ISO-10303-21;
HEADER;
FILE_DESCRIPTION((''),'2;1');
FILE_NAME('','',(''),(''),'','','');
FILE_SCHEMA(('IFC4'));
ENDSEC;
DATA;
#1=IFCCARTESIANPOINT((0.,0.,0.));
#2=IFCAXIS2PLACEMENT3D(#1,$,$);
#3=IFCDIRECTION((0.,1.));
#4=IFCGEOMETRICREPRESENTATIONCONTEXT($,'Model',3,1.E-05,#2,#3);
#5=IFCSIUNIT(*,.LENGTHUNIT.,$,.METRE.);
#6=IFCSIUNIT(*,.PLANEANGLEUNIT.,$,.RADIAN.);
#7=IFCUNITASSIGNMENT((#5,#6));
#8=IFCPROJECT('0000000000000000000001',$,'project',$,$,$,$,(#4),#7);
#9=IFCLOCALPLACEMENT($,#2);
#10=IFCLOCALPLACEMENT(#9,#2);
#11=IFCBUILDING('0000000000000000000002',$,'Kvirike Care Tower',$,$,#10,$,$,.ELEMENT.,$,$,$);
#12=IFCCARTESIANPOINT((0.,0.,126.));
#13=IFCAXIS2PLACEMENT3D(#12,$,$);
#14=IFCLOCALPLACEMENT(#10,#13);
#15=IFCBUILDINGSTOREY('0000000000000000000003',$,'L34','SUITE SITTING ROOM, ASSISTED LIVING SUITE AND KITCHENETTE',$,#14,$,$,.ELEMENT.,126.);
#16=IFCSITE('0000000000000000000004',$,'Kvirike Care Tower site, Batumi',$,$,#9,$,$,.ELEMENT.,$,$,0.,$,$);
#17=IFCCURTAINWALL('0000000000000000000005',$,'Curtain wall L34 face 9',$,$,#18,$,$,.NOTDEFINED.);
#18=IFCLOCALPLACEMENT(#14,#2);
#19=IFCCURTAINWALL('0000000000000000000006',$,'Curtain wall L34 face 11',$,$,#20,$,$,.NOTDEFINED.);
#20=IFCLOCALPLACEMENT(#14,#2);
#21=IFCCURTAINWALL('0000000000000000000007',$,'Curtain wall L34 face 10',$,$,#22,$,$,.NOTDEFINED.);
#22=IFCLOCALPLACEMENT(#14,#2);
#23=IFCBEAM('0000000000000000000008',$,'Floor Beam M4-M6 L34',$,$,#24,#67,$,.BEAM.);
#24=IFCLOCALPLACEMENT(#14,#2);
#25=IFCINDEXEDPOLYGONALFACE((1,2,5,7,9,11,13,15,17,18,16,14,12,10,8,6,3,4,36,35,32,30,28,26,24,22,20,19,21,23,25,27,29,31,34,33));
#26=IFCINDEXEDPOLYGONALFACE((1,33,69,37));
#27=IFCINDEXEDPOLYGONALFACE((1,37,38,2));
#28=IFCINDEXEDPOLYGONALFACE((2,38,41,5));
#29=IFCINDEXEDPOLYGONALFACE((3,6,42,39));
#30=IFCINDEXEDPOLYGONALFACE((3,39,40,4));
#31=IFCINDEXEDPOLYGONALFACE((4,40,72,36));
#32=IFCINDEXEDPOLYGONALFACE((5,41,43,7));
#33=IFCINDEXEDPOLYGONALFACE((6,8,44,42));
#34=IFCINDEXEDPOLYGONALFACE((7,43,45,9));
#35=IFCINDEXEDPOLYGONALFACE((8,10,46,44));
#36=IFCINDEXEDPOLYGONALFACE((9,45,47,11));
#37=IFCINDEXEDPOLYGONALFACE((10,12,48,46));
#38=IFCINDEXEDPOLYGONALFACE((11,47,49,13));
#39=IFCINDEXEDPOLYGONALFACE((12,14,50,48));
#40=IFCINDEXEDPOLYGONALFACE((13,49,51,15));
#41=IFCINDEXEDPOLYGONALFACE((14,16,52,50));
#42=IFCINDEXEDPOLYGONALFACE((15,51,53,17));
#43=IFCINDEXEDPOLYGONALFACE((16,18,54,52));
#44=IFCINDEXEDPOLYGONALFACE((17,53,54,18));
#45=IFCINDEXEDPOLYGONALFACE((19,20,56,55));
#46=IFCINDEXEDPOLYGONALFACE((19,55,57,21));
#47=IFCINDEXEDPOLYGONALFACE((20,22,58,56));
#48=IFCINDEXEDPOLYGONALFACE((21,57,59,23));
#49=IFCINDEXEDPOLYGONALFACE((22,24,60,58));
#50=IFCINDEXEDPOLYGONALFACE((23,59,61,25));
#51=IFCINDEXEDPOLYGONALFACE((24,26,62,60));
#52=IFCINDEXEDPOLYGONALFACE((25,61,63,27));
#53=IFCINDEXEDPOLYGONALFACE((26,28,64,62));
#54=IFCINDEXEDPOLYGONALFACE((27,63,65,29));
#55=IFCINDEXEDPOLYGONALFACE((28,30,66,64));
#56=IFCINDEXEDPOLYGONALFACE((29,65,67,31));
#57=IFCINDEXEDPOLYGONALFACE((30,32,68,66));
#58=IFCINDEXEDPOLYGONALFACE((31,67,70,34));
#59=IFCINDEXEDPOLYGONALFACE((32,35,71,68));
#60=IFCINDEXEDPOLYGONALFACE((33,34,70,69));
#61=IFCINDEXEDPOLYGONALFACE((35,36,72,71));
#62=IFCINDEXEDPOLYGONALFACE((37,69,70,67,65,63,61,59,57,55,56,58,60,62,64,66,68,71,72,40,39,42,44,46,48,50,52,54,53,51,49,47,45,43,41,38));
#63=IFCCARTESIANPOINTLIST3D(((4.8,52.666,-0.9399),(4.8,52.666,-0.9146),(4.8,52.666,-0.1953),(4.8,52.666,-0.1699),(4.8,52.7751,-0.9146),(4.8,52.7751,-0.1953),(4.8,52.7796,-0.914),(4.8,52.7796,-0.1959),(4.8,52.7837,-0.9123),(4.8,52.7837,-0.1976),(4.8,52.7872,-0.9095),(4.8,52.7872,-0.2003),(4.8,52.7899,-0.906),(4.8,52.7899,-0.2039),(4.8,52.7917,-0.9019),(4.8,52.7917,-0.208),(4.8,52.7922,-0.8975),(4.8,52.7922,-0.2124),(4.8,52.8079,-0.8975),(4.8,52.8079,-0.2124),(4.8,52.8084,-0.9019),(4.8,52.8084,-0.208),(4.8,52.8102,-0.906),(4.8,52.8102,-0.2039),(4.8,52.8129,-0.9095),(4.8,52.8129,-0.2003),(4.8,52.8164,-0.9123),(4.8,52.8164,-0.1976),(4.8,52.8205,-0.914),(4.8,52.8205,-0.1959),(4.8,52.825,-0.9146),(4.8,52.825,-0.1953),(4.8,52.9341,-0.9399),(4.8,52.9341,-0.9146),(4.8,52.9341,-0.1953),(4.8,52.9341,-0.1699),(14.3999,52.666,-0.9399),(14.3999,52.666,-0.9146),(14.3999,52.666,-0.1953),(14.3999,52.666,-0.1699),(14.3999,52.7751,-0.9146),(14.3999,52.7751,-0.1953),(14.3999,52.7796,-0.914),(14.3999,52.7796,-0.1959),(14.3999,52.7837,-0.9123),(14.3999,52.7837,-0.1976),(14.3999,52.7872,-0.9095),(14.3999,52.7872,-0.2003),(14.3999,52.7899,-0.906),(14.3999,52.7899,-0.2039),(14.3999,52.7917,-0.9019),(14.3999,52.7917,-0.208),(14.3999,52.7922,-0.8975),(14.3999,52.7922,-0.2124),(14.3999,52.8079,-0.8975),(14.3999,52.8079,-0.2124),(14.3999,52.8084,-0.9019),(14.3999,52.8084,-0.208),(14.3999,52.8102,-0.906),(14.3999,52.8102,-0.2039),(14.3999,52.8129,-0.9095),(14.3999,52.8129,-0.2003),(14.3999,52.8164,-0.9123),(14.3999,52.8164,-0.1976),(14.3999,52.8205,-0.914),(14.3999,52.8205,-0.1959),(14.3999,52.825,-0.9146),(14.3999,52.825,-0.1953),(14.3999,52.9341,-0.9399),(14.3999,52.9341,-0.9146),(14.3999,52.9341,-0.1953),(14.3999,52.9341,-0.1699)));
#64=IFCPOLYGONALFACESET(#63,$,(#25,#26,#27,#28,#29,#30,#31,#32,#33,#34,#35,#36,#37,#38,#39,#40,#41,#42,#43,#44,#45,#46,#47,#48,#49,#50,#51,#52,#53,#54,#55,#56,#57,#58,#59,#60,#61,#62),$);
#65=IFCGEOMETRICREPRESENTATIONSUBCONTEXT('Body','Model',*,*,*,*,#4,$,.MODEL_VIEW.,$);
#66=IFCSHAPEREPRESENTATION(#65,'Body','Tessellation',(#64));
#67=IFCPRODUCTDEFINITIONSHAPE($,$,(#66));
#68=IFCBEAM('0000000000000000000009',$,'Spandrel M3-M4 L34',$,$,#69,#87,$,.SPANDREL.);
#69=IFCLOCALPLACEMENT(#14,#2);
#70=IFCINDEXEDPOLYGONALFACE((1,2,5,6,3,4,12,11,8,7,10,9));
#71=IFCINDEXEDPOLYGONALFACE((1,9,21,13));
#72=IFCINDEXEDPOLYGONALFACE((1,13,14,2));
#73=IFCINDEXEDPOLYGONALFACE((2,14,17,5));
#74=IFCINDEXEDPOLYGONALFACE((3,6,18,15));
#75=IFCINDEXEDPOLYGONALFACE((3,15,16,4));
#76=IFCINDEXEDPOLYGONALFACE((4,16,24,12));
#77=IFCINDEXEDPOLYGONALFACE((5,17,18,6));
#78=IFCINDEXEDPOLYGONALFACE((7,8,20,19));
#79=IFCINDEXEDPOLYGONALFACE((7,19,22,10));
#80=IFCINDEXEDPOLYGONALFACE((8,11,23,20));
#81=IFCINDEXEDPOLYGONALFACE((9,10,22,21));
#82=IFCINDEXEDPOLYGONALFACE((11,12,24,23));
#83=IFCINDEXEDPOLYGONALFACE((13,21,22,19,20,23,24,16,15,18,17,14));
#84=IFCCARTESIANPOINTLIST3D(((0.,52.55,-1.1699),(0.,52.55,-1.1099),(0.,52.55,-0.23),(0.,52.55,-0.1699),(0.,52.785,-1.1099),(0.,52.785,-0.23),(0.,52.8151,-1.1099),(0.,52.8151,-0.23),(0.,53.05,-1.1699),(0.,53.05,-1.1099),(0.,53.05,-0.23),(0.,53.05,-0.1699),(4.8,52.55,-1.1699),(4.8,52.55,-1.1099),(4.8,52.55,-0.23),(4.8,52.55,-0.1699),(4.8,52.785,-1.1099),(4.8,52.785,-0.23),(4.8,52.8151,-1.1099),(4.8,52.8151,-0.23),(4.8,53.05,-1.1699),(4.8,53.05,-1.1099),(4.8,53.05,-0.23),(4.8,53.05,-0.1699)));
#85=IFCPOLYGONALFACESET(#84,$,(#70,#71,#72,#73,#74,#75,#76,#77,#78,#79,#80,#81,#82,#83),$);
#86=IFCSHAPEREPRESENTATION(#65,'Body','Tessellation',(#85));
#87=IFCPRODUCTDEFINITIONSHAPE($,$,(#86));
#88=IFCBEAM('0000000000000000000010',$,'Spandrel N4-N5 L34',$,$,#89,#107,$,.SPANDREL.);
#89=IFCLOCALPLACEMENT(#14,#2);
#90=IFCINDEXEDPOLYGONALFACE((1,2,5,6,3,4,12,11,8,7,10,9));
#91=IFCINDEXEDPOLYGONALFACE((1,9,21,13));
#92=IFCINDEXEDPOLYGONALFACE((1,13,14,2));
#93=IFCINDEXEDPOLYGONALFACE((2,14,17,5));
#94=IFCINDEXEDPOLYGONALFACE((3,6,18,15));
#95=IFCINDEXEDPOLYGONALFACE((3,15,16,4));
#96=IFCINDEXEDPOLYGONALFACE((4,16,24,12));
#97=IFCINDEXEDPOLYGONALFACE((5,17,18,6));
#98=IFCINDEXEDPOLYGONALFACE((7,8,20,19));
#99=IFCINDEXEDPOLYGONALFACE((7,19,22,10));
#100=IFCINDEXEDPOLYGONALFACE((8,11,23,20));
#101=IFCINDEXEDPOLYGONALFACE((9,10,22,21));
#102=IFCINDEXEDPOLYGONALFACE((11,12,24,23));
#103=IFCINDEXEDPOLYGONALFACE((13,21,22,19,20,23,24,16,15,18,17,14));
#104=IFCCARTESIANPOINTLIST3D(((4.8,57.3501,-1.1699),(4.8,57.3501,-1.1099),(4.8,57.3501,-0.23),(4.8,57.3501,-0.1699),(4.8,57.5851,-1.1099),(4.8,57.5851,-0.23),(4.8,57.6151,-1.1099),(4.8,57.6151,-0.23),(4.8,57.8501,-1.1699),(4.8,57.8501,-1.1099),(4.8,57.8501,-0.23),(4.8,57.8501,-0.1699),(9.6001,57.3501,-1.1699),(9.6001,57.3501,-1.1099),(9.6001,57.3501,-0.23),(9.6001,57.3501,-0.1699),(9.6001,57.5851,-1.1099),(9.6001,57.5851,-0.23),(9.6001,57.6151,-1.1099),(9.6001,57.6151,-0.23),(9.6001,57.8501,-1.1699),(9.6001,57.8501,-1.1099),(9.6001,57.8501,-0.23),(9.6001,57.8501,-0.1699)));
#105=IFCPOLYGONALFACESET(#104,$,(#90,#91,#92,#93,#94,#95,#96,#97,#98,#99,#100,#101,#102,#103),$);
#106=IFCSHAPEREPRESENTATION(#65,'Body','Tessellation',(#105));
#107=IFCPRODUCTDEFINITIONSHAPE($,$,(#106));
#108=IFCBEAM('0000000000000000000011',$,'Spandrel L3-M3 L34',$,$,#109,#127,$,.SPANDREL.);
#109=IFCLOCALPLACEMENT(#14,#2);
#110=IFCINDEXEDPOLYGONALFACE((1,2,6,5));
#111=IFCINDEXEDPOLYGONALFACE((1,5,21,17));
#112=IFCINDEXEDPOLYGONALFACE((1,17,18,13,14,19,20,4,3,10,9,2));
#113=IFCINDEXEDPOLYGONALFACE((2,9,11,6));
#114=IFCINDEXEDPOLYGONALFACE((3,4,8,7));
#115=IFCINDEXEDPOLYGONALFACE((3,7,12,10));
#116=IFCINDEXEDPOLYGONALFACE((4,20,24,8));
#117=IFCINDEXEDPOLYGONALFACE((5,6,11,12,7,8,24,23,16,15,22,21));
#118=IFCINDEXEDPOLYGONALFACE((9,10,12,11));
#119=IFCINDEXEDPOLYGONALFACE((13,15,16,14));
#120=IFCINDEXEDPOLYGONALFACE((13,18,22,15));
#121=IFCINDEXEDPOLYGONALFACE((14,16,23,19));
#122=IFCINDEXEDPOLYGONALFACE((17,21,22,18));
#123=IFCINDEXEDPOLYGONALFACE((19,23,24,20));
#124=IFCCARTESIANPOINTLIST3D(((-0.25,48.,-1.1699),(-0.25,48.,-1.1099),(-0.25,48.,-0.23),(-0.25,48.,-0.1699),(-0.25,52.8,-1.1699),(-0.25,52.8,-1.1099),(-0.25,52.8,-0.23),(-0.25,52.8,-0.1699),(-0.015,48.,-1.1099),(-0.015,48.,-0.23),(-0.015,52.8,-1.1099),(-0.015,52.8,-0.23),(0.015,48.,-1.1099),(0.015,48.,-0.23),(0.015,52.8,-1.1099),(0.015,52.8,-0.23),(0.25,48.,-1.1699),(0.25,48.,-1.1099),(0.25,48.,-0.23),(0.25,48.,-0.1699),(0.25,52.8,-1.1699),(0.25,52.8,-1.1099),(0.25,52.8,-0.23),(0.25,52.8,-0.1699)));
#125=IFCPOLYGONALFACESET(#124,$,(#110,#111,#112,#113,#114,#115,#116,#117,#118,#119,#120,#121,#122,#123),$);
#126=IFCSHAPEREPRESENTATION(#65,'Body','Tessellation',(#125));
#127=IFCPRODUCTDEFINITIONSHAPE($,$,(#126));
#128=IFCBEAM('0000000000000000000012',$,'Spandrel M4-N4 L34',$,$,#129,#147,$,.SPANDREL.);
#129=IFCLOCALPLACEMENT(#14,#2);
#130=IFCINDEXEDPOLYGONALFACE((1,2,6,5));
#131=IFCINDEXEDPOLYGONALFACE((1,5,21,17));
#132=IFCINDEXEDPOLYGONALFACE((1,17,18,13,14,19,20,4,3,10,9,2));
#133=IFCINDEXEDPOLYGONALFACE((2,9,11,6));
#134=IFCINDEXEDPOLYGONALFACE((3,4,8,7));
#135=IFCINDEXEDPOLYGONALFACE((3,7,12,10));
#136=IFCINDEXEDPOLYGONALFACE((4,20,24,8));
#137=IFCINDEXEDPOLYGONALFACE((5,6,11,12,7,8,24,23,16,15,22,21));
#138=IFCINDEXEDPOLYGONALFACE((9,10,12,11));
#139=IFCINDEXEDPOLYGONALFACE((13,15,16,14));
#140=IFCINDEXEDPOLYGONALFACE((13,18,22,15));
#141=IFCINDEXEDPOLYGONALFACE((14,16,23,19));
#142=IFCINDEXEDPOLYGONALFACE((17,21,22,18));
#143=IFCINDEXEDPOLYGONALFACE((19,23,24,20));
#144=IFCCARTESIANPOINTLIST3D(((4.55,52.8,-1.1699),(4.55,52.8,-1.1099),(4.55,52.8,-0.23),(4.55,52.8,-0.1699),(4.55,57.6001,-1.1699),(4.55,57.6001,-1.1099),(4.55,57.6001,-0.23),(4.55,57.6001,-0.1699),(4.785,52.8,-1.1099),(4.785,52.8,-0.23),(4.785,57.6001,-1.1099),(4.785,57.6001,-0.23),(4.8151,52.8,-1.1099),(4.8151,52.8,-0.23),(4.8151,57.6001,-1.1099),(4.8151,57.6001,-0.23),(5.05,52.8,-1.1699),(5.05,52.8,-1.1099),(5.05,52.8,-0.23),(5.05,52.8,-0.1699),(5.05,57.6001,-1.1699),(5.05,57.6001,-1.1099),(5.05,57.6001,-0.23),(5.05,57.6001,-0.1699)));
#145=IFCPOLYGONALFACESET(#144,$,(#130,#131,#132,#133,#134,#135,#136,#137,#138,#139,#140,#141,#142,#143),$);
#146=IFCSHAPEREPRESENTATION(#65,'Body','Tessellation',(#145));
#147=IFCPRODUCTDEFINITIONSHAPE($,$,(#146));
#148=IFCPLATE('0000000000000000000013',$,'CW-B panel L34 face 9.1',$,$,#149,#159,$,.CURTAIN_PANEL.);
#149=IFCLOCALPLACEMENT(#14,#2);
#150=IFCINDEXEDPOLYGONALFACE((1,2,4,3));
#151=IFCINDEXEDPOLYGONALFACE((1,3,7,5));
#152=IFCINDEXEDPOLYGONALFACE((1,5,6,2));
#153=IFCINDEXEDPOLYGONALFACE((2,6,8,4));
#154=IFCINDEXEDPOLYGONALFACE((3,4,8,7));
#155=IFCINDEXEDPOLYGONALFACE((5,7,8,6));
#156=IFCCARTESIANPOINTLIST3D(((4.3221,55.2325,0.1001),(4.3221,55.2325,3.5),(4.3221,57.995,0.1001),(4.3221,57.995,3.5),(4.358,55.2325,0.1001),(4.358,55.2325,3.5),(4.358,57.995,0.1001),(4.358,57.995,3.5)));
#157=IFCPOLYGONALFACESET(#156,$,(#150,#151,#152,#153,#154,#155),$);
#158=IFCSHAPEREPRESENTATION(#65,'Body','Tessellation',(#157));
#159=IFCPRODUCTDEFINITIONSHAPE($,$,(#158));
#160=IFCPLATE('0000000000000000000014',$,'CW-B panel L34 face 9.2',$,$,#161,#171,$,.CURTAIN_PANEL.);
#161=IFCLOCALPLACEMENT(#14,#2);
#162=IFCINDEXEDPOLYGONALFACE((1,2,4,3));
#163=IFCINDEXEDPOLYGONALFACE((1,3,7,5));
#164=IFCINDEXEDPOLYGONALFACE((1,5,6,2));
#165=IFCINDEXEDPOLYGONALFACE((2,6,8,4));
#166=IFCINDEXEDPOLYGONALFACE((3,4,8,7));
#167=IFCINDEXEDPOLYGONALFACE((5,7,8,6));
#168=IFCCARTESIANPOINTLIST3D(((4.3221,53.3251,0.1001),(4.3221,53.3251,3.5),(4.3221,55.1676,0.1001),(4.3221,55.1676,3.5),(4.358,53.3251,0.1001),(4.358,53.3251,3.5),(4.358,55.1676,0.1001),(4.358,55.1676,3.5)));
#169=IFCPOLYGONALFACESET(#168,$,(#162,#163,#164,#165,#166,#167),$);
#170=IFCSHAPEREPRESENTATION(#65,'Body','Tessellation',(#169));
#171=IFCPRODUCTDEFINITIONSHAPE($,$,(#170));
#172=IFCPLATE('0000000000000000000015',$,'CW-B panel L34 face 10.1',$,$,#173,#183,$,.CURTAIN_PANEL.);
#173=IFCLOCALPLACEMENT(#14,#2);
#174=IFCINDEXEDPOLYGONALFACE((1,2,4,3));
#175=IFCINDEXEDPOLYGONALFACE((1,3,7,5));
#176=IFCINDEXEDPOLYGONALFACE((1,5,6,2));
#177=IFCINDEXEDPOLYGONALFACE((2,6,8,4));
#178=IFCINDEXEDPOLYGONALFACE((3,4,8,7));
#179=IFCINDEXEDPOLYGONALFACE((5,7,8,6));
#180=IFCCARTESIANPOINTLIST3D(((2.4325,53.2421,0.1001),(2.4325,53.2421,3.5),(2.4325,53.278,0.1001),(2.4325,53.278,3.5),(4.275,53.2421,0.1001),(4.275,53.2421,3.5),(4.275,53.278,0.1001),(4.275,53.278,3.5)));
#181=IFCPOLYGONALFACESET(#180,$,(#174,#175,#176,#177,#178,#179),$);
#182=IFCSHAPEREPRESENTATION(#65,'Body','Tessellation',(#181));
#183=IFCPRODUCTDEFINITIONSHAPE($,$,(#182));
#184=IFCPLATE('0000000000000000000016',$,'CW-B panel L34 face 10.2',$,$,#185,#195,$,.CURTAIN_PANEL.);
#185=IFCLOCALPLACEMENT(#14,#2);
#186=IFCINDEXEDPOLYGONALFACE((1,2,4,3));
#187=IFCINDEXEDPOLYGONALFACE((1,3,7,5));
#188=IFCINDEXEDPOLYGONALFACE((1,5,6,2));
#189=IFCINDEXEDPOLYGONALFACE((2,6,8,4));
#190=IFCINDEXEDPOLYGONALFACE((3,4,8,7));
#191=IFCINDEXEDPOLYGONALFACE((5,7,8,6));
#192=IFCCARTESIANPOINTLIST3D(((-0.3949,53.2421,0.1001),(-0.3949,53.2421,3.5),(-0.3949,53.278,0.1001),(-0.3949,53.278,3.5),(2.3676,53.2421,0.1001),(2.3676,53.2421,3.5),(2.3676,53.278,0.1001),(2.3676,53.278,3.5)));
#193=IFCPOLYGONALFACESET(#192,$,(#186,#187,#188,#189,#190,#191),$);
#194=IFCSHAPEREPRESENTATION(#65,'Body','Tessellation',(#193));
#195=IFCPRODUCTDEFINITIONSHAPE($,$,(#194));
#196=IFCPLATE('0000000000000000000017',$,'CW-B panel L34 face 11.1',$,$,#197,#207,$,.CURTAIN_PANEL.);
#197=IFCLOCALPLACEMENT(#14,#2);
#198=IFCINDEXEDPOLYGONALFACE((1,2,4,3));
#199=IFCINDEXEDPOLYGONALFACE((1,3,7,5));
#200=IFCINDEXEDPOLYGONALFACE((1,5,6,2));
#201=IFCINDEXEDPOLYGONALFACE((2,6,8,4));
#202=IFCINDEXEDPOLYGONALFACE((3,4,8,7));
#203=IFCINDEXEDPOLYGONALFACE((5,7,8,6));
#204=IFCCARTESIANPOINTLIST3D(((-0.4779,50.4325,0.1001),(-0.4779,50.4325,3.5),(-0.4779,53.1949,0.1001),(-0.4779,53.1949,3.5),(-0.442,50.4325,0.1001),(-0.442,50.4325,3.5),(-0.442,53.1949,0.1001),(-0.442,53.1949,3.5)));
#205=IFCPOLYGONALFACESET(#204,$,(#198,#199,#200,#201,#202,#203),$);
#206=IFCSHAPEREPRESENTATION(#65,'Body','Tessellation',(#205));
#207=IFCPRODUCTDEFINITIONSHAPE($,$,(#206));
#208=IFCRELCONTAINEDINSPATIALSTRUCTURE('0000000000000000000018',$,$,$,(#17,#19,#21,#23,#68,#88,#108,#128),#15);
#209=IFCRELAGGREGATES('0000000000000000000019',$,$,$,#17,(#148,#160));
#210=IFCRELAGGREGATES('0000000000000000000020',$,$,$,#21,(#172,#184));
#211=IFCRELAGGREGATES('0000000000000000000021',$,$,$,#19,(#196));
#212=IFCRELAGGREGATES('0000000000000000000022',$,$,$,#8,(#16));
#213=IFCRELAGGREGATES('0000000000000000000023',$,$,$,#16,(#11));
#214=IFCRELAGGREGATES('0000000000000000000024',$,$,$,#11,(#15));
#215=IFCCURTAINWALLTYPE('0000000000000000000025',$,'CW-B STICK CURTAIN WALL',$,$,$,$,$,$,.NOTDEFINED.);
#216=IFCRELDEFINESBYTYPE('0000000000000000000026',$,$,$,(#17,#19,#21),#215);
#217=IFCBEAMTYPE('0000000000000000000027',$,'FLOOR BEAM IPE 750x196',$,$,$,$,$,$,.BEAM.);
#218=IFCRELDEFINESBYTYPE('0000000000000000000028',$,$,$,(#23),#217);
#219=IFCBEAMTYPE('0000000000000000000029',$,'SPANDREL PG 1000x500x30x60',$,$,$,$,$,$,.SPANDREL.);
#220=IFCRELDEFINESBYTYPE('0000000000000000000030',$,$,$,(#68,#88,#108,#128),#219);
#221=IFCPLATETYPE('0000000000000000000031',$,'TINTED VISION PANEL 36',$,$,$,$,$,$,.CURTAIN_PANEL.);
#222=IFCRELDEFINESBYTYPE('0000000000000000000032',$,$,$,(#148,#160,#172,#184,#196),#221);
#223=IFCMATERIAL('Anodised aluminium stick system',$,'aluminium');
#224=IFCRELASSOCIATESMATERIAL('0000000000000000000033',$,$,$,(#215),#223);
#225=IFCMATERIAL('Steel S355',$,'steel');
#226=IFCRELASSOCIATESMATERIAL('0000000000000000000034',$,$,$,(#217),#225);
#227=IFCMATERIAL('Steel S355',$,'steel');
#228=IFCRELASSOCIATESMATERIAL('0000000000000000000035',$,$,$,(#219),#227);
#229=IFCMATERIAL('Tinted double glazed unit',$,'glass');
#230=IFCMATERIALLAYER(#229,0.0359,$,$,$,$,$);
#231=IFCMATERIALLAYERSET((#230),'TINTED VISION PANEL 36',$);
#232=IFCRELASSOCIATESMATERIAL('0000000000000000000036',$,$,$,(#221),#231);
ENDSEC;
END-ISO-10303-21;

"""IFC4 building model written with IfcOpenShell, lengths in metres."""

from ifc_helpers import new_model, si_unit, direction, frame, origin, origin_2d, place, context, subcontext, project, spatial, rectangle, i_section, extrude, material, layer, layer_set, material_profile, profile_set, type_object, element, aggregate, save


model = new_model("IFC4")

# Units and contexts
model_context = context("Model", 3, precision=1e-05, world=origin(), true_north=direction((0.0, 1.0)))
body_context = subcontext(model_context, "Body", "Model", "MODEL_VIEW")
ifc_project = project(units=[si_unit("LENGTHUNIT", "METRE"), si_unit("PLANEANGLEUNIT", "RADIAN")], contexts=[model_context])

# Site, building, storey
site_placement = place(None, origin())
site = spatial("IfcSite", under=ifc_project, at=site_placement, Name="Kvirike Care Tower site, Batumi", CompositionType="ELEMENT", RefElevation=0.0)
building_placement = place(site_placement, origin())
building = spatial("IfcBuilding", under=site, at=building_placement, Name="Kvirike Care Tower", CompositionType="ELEMENT")
storey_placement = place(building_placement, frame((0.0, 0.0, 126.0)))
storey = spatial("IfcBuildingStorey", under=building, at=storey_placement, Name="L34", Description="SUITE SITTING ROOM, ASSISTED LIVING SUITE AND KITCHENETTE", CompositionType="ELEMENT", Elevation=126.0)

# Curtain walls
ifc_material_1 = material(Name="Anodised aluminium stick system", Category="aluminium")
curtain_wall_type = type_object("IfcCurtainWallType", Name="CW-B STICK CURTAIN WALL", PredefinedType="NOTDEFINED", material=ifc_material_1)
curtain_wall_1_placement = place(storey_placement, origin())
curtain_wall_1 = element("IfcCurtainWall", 1, at=curtain_wall_1_placement, inside=storey, type_object=curtain_wall_type, Name="Curtain wall L34 face 9", PredefinedType="NOTDEFINED")
curtain_wall_2_placement = place(storey_placement, origin())
curtain_wall_2 = element("IfcCurtainWall", 2, at=curtain_wall_2_placement, inside=storey, type_object=curtain_wall_type, Name="Curtain wall L34 face 11", PredefinedType="NOTDEFINED")

# Curtain wall
curtain_wall_3_placement = place(storey_placement, origin())
curtain_wall_3 = element("IfcCurtainWall", 3, at=curtain_wall_3_placement, inside=storey, type_object=curtain_wall_type, Name="Curtain wall L34 face 10", PredefinedType="NOTDEFINED")

# Beams
ifc_material_2 = material(Name="Steel S355", Category="steel")
ifc_material_profile_1 = material_profile(ifc_material_2, i_section(OverallWidth=0.2681, OverallDepth=0.77, WebThickness=0.0156, FlangeThickness=0.0254, FilletRadius=0.0171, at=origin_2d()), Name="IPE 750x196")
ifc_profile_set_1 = profile_set([ifc_material_profile_1], Name="Steel S355")
beam_type_1 = type_object("IfcBeamType", Name="FLOOR BEAM IPE 750x196", PredefinedType="BEAM", material=ifc_profile_set_1)
beam_1_placement = place(storey_placement, frame((4.8, 52.8, -0.5549), z_axis=(1.0, 0.0, 0.0), x_axis=(0.0, 1.0, 0.0)))
element("IfcBeam", 4, at=beam_1_placement, inside=storey, type_object=beam_type_1, Name="Floor Beam M4-M6 L34", PredefinedType="BEAM", context=body_context, shape_type="SweptSolid", body=[
    extrude(i_section(OverallWidth=0.2681, OverallDepth=0.77, WebThickness=0.0156, FlangeThickness=0.0254, FilletRadius=0.0171, at=origin_2d()), origin(), (0.0, 0.0, 1.0), 9.5999),
])
ifc_material_3 = material(Name="Steel S355", Category="steel")
ifc_material_profile_2 = material_profile(ifc_material_3, i_section(OverallWidth=0.5, OverallDepth=1.0, WebThickness=0.03, FlangeThickness=0.0601, at=origin_2d()), Name="PG 1000x500x30x60")
ifc_profile_set_2 = profile_set([ifc_material_profile_2], Name="Steel S355")
beam_type_2 = type_object("IfcBeamType", Name="SPANDREL PG 1000x500x30x60", PredefinedType="SPANDREL", material=ifc_profile_set_2)
for number, where, z_axis, x_axis, name in (
    (5, (0.0, 52.8, -0.6699), (1.0, 0.0, 0.0), (0.0, 1.0, 0.0), "Spandrel M3-M4 L34"),
    (6, (4.8, 57.6001, -0.6699), (1.0, 0.0, 0.0), (0.0, 1.0, 0.0), "Spandrel N4-N5 L34"),
    (7, (0.0, 48.0, -0.6699), (0.0, 1.0, 0.0), (-1.0, 0.0, 0.0), "Spandrel L3-M3 L34"),
    (8, (4.8, 52.8, -0.6699), (0.0, 1.0, 0.0), (-1.0, 0.0, 0.0), "Spandrel M4-N4 L34"),
):
    element("IfcBeam", number, at=place(storey_placement, frame(where, z_axis=z_axis, x_axis=x_axis)), inside=storey, type_object=beam_type_2, Name=name, PredefinedType="SPANDREL", context=body_context, shape_type="SweptSolid", body=[
        extrude(i_section(OverallWidth=0.5, OverallDepth=1.0, WebThickness=0.03, FlangeThickness=0.0601, at=origin_2d()), origin(), (0.0, 0.0, 1.0), 4.8),
    ])

# Plates
ifc_material_4 = material(Name="Tinted double glazed unit", Category="glass")
ifc_layer_1 = layer(ifc_material_4, 0.0359)
ifc_layer_set_1 = layer_set([ifc_layer_1], Name="TINTED VISION PANEL 36")
plate_type = type_object("IfcPlateType", Name="TINTED VISION PANEL 36", PredefinedType="CURTAIN_PANEL", material=ifc_layer_set_1)
plate_1_placement = place(storey_placement, frame((4.3401, 56.6138, 0.1001), z_axis=(0.0, 0.0, 1.0), x_axis=(0.0, -1.0, 0.0)))
plate_1 = element("IfcPlate", 9, at=plate_1_placement, type_object=plate_type, Name="CW-B panel L34 face 9.1", PredefinedType="CURTAIN_PANEL", context=body_context, shape_type="SweptSolid", body=[
    extrude(rectangle(XDim=2.7625, YDim=0.0359, at=origin_2d()), origin(), (0.0, 0.0, 1.0), 3.3999),
])
plate_2_placement = place(storey_placement, frame((4.3401, 54.2463, 0.1001), z_axis=(0.0, 0.0, 1.0), x_axis=(0.0, -1.0, 0.0)))
plate_2 = element("IfcPlate", 10, at=plate_2_placement, type_object=plate_type, Name="CW-B panel L34 face 9.2", PredefinedType="CURTAIN_PANEL", context=body_context, shape_type="SweptSolid", body=[
    extrude(rectangle(XDim=1.8425, YDim=0.0359, at=origin_2d()), origin(), (0.0, 0.0, 1.0), 3.3999),
])
aggregate(curtain_wall_1, [plate_1, plate_2])
plate_3_placement = place(storey_placement, frame((3.3538, 53.26, 0.1001), z_axis=(0.0, 0.0, 1.0), x_axis=(-1.0, 0.0, 0.0)))
plate_3 = element("IfcPlate", 11, at=plate_3_placement, type_object=plate_type, Name="CW-B panel L34 face 10.1", PredefinedType="CURTAIN_PANEL", context=body_context, shape_type="SweptSolid", body=[
    extrude(rectangle(XDim=1.8425, YDim=0.0359, at=origin_2d()), origin(), (0.0, 0.0, 1.0), 3.3999),
])
plate_4_placement = place(storey_placement, frame((0.9863, 53.26, 0.1001), z_axis=(0.0, 0.0, 1.0), x_axis=(-1.0, 0.0, 0.0)))
plate_4 = element("IfcPlate", 12, at=plate_4_placement, type_object=plate_type, Name="CW-B panel L34 face 10.2", PredefinedType="CURTAIN_PANEL", context=body_context, shape_type="SweptSolid", body=[
    extrude(rectangle(XDim=2.7625, YDim=0.0359, at=origin_2d()), origin(), (0.0, 0.0, 1.0), 3.3999),
])
aggregate(curtain_wall_3, [plate_3, plate_4])
plate_5_placement = place(storey_placement, frame((-0.46, 51.8137, 0.1001), z_axis=(0.0, 0.0, 1.0), x_axis=(0.0, -1.0, 0.0)))
plate_5 = element("IfcPlate", 13, at=plate_5_placement, type_object=plate_type, Name="CW-B panel L34 face 11.1", PredefinedType="CURTAIN_PANEL", context=body_context, shape_type="SweptSolid", body=[
    extrude(rectangle(XDim=2.7625, YDim=0.0359, at=origin_2d()), origin(), (0.0, 0.0, 1.0), 3.3999),
])
aggregate(curtain_wall_2, [plate_5])

save(model, "model.ifc")
